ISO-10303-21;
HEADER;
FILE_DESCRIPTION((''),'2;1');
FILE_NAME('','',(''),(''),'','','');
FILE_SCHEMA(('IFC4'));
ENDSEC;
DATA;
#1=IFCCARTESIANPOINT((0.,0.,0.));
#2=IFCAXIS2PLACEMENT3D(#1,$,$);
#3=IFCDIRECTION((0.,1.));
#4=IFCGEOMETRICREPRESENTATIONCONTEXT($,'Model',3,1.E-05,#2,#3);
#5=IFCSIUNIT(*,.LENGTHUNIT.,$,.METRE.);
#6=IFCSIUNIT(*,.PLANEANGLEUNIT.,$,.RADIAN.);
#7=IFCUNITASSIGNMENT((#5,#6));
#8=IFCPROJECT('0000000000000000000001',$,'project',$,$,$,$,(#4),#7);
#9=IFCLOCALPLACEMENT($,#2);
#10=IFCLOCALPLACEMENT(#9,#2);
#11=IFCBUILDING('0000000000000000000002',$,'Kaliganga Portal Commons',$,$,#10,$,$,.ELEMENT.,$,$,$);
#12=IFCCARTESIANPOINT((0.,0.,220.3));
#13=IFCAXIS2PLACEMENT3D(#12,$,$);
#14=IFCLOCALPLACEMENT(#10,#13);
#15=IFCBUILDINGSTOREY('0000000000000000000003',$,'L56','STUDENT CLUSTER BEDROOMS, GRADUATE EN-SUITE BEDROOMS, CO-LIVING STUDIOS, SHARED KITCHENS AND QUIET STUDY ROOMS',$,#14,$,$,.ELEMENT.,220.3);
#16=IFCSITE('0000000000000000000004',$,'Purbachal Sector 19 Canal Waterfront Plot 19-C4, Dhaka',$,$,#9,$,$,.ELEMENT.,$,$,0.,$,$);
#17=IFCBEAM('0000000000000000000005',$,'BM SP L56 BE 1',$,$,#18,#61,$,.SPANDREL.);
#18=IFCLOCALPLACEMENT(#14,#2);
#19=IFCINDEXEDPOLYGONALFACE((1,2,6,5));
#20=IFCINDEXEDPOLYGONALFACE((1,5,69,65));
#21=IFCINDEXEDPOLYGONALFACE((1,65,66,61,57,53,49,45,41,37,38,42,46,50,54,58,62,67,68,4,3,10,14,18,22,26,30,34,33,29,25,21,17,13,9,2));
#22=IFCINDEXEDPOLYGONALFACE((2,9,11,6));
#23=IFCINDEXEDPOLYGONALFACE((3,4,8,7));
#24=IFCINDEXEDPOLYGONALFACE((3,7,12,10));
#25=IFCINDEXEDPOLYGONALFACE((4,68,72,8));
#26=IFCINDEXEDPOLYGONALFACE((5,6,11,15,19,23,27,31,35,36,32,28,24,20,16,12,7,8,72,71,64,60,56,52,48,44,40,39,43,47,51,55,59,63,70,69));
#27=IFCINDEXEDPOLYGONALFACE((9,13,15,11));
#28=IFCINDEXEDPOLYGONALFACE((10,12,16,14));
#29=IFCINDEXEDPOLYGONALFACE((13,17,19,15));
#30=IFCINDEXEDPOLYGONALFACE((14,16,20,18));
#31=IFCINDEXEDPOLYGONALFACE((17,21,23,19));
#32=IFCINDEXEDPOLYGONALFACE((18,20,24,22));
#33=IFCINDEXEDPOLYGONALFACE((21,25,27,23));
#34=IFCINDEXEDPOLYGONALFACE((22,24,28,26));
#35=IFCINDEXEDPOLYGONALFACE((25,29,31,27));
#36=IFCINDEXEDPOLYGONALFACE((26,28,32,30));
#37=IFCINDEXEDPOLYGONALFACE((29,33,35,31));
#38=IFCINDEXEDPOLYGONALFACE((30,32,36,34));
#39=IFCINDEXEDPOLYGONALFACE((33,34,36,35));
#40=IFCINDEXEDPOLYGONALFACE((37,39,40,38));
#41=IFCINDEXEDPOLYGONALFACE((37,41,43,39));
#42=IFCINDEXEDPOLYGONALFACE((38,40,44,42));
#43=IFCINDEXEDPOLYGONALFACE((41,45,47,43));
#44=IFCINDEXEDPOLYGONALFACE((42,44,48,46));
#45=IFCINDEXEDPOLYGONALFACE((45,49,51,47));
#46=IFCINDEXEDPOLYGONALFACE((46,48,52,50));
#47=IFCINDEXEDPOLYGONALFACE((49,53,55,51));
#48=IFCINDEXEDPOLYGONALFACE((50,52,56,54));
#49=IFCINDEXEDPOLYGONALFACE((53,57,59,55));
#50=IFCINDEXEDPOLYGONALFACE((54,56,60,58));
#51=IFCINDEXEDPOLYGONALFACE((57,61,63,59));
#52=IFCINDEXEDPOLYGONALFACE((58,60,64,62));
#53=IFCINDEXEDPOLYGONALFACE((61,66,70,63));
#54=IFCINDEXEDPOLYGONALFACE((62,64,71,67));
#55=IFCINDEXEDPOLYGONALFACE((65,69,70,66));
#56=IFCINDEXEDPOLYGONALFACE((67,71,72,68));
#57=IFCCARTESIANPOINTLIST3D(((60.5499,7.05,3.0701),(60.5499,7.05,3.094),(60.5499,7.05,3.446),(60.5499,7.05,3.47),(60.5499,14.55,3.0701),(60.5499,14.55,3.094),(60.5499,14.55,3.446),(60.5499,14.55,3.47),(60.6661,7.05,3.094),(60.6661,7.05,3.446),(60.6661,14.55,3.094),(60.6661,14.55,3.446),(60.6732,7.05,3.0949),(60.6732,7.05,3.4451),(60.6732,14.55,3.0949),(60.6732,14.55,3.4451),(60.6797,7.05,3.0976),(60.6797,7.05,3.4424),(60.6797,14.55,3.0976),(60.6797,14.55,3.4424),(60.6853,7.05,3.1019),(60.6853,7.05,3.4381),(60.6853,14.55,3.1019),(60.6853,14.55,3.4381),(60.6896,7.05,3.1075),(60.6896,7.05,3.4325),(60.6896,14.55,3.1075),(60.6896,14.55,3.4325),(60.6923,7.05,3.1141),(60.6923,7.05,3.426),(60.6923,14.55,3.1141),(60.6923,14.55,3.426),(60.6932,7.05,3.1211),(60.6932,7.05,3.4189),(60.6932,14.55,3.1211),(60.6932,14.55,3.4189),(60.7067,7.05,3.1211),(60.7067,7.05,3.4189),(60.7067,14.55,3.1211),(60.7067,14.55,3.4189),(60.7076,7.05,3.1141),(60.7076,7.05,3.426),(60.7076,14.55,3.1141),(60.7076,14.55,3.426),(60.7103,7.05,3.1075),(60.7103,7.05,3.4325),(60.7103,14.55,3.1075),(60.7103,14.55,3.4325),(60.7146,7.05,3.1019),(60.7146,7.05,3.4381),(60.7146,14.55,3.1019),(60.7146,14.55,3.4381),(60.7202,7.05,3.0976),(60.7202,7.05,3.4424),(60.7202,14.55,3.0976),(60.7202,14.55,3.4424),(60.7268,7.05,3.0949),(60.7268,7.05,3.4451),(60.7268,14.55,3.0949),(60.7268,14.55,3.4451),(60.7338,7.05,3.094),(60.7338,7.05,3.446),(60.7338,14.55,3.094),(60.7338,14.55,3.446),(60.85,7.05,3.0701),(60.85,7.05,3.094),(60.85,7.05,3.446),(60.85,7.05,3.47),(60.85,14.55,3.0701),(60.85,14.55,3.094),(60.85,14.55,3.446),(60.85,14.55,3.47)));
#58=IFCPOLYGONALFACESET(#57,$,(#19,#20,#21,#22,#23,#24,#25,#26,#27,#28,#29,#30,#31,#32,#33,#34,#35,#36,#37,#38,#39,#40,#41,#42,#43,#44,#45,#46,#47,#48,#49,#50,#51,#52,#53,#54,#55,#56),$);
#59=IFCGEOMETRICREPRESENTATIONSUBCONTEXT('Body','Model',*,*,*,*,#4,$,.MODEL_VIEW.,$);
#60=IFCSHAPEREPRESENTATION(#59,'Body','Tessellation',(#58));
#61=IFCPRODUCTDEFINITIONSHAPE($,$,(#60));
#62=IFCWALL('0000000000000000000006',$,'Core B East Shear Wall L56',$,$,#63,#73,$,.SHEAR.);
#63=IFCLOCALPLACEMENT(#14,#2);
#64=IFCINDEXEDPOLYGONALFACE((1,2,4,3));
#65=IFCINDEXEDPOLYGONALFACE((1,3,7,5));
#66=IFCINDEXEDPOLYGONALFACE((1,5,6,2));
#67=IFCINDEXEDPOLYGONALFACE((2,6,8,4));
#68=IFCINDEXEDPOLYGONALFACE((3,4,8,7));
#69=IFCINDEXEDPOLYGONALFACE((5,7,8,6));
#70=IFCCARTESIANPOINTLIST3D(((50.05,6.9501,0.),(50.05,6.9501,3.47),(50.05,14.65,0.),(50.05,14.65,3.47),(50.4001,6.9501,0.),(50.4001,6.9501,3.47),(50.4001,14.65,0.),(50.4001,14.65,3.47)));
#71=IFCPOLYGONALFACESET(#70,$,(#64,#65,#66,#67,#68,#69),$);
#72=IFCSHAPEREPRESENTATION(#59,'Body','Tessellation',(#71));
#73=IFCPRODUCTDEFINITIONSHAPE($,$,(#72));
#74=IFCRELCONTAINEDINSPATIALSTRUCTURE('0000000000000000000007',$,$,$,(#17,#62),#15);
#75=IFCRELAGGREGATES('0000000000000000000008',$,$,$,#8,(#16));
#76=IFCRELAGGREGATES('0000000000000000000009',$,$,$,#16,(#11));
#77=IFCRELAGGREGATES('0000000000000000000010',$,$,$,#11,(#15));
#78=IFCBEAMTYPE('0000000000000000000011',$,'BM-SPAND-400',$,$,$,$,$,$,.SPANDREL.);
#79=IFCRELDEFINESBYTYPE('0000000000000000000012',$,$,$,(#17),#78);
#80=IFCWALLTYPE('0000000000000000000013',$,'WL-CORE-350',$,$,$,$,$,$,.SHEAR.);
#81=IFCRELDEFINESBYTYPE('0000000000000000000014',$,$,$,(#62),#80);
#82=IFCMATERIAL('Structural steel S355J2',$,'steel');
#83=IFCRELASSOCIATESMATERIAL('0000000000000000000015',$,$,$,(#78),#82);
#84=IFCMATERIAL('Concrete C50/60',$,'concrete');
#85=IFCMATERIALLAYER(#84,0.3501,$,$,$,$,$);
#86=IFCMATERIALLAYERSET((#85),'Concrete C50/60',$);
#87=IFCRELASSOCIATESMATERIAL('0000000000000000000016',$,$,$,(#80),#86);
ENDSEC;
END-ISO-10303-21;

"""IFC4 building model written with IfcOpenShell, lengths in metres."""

from ifc_helpers import new_model, si_unit, direction, frame, frame_2d, origin, origin_2d, place, context, subcontext, project, spatial, rectangle, i_section, extrude, source, transform, mapped, material, layer, layer_set, material_profile, profile_set, type_object, element, save


model = new_model("IFC4")

# Units and contexts
model_context = context("Model", 3, precision=1e-05, world=origin(), true_north=direction((0.0, 1.0)))
body_context = subcontext(model_context, "Body", "Model", "MODEL_VIEW")
ifc_project = project(units=[si_unit("LENGTHUNIT", "METRE"), si_unit("PLANEANGLEUNIT", "RADIAN")], contexts=[model_context])

# Site, building, storey
site_placement = place(None, origin())
site = spatial("IfcSite", under=ifc_project, at=site_placement, Name="Purbachal Sector 19 Canal Waterfront Plot 19-C4, Dhaka", CompositionType="ELEMENT", RefElevation=0.0)
building_placement = place(site_placement, origin())
building = spatial("IfcBuilding", under=site, at=building_placement, Name="Kaliganga Portal Commons", CompositionType="ELEMENT")
storey_placement = place(building_placement, frame((0.0, 0.0, 220.3)))
storey = spatial("IfcBuildingStorey", under=building, at=storey_placement, Name="L56", Description="STUDENT CLUSTER BEDROOMS, GRADUATE EN-SUITE BEDROOMS, CO-LIVING STUDIOS, SHARED KITCHENS AND QUIET STUDY ROOMS", CompositionType="ELEMENT", Elevation=220.3)

# Shared definitions
ifc_material_1 = material(Name="Concrete C50/60", Category="concrete")
ifc_material_2 = material(Name="Structural steel S355J2", Category="steel")

# Beam
ifc_material_profile_1 = material_profile(ifc_material_2, i_section(OverallWidth=0.3, OverallDepth=0.3999, WebThickness=0.0134, FlangeThickness=0.0239, FilletRadius=0.0271, at=origin_2d()), Name="HE 400 B")
ifc_profile_set_1 = profile_set([ifc_material_profile_1], Name="Structural steel S355J2 wide-flange")
beam_type_1 = type_object("IfcBeamType", Name="BM-SPAND-400", PredefinedType="SPANDREL", material=ifc_profile_set_1)
shared_shape_1 = source(origin(), body_context, "Body", "SweptSolid", [
    extrude(i_section(OverallWidth=0.3, OverallDepth=0.3999, WebThickness=0.0134, FlangeThickness=0.0239, FilletRadius=0.0271, at=origin_2d()), origin(), (0.0, 0.0, 1.0), 7.5),
])
beam_1_placement = place(storey_placement, frame((60.7, 7.05, 3.27), z_axis=(0.0, 1.0, 0.0), x_axis=(-1.0, 0.0, 0.0)))
element("IfcBeam", 1, at=beam_1_placement, inside=storey, type_object=beam_type_1, Name="BM SP L56 BE 1", PredefinedType="SPANDREL", context=body_context, shape_type="MappedRepresentation", body=[
    mapped(shared_shape_1, transform((0.0, 0.0, 0.0), x_axis=(1.0, 0.0, 0.0), y_axis=(0.0, 1.0, 0.0), z_axis=(0.0, 0.0, 1.0), scale=1.0)),
])

# Wall
ifc_layer_1 = layer(ifc_material_1, 0.3501)
ifc_layer_set_1 = layer_set([ifc_layer_1], Name="Concrete C50/60")
wall_type_1 = type_object("IfcWallType", Name="WL-CORE-350", PredefinedType="SHEAR", material=ifc_layer_set_1)
wall_1_placement = place(storey_placement, frame((50.2251, 6.95, 0.0), z_axis=(0.0, 0.0, 1.0), x_axis=(0.0, 1.0, 0.0)))
element("IfcWall", 2, at=wall_1_placement, inside=storey, type_object=wall_type_1, Name="Core B East Shear Wall L56", PredefinedType="SHEAR", context=body_context, shape_type="SweptSolid", body=[
    extrude(rectangle(XDim=7.7, YDim=0.3501, at=frame_2d((3.8501, 0.0))), origin(), (0.0, 0.0, 1.0), 3.47),
])

save(model, "model.ifc")
